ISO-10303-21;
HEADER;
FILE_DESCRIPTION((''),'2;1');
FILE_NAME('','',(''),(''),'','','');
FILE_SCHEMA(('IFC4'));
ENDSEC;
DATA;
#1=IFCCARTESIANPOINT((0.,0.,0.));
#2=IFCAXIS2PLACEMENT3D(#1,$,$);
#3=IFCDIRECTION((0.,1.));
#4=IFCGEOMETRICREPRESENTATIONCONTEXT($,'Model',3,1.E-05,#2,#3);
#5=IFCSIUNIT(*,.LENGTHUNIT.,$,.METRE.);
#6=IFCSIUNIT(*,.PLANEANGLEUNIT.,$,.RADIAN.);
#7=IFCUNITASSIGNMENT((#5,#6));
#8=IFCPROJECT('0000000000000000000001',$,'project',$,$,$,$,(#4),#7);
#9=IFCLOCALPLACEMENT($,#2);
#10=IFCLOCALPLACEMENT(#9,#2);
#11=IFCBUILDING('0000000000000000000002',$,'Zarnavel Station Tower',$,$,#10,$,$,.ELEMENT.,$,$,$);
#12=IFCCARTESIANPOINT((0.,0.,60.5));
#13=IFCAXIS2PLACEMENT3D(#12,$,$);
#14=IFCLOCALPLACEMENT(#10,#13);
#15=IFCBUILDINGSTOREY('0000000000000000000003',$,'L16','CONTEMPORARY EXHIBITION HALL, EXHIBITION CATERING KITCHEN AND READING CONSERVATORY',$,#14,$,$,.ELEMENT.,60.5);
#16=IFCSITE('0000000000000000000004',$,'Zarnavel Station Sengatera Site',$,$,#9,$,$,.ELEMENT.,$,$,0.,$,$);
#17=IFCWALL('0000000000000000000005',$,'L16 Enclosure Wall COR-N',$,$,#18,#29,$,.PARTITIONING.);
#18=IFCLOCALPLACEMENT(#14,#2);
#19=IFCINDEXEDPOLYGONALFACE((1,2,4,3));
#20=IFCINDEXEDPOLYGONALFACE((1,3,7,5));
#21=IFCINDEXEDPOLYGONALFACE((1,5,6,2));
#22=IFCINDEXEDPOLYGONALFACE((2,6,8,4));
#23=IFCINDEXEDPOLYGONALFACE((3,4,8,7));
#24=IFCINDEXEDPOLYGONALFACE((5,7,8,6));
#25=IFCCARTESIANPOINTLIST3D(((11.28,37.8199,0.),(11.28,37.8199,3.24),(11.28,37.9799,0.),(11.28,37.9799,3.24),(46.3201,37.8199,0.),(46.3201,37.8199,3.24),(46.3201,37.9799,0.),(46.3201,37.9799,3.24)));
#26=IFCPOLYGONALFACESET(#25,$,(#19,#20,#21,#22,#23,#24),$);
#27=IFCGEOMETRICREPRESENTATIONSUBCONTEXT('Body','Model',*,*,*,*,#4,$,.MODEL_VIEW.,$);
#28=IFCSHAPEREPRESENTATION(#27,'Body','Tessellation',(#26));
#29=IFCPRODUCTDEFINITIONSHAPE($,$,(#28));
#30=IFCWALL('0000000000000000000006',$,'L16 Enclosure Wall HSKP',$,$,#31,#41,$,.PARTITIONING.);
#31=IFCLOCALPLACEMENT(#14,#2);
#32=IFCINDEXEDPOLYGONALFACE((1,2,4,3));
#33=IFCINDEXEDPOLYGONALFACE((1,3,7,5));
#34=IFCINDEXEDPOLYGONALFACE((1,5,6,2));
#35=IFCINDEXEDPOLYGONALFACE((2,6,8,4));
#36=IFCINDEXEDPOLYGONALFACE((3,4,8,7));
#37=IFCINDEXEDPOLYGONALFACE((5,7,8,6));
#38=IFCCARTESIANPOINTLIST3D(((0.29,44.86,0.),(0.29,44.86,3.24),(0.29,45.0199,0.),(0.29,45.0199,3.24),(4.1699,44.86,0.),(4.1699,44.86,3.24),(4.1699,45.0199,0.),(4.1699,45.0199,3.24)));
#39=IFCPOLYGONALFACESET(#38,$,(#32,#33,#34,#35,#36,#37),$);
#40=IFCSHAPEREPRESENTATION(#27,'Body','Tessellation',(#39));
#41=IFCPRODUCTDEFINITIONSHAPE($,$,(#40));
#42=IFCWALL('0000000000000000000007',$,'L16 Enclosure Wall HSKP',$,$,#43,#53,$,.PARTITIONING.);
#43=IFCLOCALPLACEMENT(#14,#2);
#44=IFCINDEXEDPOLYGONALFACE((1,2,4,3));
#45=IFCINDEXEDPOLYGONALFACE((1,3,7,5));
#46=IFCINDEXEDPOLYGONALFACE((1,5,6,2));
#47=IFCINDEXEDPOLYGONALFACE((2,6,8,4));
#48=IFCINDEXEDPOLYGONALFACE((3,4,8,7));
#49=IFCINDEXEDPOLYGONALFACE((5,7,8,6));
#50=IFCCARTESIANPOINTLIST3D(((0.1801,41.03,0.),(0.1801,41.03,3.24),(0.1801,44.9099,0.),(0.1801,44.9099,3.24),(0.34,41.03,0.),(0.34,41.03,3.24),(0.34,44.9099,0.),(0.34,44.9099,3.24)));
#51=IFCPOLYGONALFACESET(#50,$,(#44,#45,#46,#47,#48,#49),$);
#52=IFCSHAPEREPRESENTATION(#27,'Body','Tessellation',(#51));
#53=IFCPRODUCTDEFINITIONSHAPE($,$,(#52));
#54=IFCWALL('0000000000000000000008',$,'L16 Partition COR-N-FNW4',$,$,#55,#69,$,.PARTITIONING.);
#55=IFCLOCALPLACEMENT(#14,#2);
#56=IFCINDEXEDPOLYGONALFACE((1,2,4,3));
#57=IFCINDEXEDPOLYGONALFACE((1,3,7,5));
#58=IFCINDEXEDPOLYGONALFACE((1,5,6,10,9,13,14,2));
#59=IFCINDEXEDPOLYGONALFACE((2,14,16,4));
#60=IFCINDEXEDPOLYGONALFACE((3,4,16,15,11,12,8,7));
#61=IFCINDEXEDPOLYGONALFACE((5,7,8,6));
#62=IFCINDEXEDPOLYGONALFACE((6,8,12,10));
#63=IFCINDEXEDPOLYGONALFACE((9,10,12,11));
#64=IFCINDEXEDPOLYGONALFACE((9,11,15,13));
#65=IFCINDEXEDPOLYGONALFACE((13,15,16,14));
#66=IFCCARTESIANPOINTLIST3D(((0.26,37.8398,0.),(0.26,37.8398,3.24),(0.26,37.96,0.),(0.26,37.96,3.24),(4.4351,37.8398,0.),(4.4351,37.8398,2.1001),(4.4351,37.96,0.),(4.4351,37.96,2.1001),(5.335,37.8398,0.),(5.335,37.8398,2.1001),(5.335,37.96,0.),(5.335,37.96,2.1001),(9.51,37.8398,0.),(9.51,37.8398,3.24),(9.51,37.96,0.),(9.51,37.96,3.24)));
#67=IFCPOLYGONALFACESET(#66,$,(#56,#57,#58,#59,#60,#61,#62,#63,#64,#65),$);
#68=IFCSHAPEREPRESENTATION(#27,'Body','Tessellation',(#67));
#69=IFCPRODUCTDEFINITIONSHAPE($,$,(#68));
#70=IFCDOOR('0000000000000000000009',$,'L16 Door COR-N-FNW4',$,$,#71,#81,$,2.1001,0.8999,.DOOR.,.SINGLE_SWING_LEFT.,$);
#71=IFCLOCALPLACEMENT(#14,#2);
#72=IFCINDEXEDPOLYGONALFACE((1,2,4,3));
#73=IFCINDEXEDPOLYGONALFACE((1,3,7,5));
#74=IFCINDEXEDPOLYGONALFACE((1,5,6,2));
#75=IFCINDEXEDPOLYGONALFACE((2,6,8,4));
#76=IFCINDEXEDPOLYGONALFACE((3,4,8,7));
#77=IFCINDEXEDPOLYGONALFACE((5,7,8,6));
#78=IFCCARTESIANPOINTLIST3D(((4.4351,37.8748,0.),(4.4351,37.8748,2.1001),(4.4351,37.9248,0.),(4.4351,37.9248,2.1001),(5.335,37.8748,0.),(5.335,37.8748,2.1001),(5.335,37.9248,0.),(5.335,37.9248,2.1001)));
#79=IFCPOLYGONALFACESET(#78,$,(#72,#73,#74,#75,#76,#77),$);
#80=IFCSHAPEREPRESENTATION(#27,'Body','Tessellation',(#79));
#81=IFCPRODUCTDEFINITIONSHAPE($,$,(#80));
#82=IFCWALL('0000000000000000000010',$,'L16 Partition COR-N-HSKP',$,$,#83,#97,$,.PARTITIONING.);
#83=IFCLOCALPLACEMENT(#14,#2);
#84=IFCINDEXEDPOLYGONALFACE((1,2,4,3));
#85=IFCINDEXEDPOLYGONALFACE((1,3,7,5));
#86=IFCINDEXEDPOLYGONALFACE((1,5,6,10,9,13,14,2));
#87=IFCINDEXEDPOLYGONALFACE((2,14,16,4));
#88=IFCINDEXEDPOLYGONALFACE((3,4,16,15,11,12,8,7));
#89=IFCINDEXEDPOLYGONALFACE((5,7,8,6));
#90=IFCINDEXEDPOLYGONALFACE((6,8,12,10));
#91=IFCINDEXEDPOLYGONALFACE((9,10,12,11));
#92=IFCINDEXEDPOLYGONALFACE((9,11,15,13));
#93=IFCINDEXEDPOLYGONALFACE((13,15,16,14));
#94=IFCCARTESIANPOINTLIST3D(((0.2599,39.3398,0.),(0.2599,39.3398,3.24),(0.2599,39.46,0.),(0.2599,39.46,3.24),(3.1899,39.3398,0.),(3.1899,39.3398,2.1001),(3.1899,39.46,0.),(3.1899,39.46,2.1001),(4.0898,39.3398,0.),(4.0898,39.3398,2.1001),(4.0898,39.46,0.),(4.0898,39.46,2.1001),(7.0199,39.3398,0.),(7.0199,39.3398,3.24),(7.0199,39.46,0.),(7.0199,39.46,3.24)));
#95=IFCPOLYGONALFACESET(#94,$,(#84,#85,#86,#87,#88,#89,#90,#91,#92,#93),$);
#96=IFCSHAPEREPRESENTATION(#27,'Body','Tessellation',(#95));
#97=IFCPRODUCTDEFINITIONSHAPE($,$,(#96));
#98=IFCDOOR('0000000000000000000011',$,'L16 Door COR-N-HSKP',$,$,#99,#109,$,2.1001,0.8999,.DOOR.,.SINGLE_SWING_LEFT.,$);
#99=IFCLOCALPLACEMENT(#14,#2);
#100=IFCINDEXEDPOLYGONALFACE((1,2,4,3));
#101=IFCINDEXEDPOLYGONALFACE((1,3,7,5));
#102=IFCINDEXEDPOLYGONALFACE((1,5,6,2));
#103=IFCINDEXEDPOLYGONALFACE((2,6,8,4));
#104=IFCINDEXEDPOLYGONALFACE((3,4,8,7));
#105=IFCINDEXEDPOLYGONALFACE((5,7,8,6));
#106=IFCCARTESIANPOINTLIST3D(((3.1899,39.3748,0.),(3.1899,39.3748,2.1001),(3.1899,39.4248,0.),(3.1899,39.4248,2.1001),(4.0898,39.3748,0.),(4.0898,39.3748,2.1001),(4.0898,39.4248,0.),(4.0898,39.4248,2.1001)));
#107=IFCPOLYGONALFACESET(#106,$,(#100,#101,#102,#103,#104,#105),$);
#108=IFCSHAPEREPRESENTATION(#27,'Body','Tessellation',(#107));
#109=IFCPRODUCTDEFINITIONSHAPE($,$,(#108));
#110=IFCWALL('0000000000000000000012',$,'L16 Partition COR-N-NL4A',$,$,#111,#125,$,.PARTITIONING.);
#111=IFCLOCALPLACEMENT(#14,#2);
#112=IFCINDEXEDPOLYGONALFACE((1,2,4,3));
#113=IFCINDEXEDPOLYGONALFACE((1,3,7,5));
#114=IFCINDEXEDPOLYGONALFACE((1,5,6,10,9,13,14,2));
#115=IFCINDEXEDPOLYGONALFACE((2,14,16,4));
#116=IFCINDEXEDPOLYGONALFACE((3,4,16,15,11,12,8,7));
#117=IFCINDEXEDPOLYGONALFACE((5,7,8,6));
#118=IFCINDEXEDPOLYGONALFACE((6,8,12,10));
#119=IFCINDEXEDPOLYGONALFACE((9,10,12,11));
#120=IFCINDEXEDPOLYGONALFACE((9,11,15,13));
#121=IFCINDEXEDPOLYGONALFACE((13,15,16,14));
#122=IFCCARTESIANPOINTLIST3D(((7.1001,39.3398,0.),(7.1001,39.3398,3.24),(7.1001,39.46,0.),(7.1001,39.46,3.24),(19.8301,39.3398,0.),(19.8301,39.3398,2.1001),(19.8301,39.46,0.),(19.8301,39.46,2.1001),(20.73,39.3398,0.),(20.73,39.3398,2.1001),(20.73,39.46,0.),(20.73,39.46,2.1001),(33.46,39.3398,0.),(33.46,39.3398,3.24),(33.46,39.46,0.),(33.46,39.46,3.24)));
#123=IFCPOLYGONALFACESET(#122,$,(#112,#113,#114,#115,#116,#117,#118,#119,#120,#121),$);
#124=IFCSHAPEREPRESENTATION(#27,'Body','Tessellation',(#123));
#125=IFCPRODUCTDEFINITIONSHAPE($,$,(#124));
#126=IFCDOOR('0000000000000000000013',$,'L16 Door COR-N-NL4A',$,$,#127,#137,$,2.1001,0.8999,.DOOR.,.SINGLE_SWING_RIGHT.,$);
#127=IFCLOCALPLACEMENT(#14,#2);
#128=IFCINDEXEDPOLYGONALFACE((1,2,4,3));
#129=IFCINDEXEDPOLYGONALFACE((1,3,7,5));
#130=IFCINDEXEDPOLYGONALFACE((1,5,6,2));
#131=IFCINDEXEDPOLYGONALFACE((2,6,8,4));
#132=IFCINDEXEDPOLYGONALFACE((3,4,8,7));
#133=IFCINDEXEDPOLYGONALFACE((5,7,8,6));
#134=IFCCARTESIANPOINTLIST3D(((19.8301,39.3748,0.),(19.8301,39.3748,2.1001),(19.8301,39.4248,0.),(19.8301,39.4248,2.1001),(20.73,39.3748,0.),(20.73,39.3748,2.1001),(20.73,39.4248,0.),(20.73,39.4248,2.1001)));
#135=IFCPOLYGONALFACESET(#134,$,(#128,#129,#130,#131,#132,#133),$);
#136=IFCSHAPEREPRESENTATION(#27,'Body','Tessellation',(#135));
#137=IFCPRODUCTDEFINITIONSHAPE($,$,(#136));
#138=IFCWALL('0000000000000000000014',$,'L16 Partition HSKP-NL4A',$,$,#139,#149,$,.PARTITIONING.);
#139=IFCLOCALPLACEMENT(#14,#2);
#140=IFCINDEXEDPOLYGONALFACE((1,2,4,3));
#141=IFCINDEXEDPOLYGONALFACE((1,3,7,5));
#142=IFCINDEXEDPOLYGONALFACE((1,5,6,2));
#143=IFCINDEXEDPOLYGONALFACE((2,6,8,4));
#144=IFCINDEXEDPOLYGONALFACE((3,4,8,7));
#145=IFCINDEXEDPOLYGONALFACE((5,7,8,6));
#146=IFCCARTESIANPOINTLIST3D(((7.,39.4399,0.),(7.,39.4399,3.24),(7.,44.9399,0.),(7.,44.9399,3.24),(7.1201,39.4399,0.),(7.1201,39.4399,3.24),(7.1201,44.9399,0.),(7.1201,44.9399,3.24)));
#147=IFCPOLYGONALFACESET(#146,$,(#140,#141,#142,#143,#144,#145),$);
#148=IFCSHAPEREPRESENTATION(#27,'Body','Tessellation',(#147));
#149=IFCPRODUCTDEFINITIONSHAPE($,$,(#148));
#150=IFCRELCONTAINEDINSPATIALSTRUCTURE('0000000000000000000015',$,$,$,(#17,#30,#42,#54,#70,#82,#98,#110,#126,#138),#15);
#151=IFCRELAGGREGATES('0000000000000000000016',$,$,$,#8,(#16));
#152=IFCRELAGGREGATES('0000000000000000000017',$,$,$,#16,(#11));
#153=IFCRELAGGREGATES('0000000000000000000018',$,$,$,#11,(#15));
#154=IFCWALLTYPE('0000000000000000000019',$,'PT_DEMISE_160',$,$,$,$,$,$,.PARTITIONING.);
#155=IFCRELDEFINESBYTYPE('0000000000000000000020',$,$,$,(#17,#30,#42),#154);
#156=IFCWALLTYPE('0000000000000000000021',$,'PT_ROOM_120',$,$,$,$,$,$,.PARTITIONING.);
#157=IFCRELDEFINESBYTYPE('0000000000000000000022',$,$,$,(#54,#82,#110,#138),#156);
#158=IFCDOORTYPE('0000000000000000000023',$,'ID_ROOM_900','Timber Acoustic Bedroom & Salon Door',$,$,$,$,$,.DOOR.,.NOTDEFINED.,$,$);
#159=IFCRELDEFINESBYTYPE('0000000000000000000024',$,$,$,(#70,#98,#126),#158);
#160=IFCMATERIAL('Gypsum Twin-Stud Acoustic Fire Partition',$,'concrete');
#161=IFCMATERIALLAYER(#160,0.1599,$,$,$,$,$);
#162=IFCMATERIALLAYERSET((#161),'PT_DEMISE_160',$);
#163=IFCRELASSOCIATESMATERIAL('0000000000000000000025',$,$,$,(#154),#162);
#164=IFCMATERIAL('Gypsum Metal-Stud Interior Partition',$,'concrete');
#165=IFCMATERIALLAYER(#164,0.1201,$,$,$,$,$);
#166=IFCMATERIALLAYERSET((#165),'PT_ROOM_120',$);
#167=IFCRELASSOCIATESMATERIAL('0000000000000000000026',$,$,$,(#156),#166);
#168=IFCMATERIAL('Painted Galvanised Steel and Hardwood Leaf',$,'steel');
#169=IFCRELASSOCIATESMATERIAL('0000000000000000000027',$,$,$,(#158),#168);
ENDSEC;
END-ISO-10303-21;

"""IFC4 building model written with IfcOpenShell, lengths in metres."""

from ifc_helpers import new_model, si_unit, direction, frame, frame_2d, origin, place, context, subcontext, project, spatial, rectangle, extrude, material, layer, layer_set, type_object, element, fill, save


model = new_model("IFC4")

# Units and contexts
model_context = context("Model", 3, precision=1e-05, world=origin(), true_north=direction((0.0, 1.0)))
body_context = subcontext(model_context, "Body", "Model", "MODEL_VIEW")
ifc_project = project(units=[si_unit("LENGTHUNIT", "METRE"), si_unit("PLANEANGLEUNIT", "RADIAN")], contexts=[model_context])

# Site, building, storey
site_placement = place(None, origin())
site = spatial("IfcSite", under=ifc_project, at=site_placement, Name="Zarnavel Station Sengatera Site", CompositionType="ELEMENT", RefElevation=0.0)
building_placement = place(site_placement, origin())
building = spatial("IfcBuilding", under=site, at=building_placement, Name="Zarnavel Station Tower", CompositionType="ELEMENT")
storey_placement = place(building_placement, frame((0.0, 0.0, 60.5)))
storey = spatial("IfcBuildingStorey", under=building, at=storey_placement, Name="L16", Description="CONTEMPORARY EXHIBITION HALL, EXHIBITION CATERING KITCHEN AND READING CONSERVATORY", CompositionType="ELEMENT", Elevation=60.5)

# Walls
ifc_material_1 = material(Name="Gypsum Twin-Stud Acoustic Fire Partition", Category="concrete")
ifc_layer_1 = layer(ifc_material_1, 0.1599)
ifc_layer_set_1 = layer_set([ifc_layer_1], Name="PT_DEMISE_160")
wall_type_1 = type_object("IfcWallType", Name="PT_DEMISE_160", PredefinedType="PARTITIONING", material=ifc_layer_set_1)
wall_1_placement = place(storey_placement, frame((11.28, 37.8999, 0.0), z_axis=(0.0, 0.0, 1.0), x_axis=(1.0, 0.0, 0.0)))
element("IfcWall", 1, at=wall_1_placement, inside=storey, type_object=wall_type_1, Name="L16 Enclosure Wall COR-N", PredefinedType="PARTITIONING", context=body_context, shape_type="SweptSolid", body=[
    extrude(rectangle(XDim=35.04, YDim=0.1599, at=frame_2d((17.52, 0.0))), origin(), (0.0, 0.0, 1.0), 3.24),
])
for number, where, z_axis, x_axis, name in (
    (2, (0.29, 44.9399, 0.0), (0.0, 0.0, 1.0), (1.0, 0.0, 0.0), "L16 Enclosure Wall HSKP"),
    (3, (0.26, 41.03, 0.0), (0.0, 0.0, 1.0), (0.0, 1.0, 0.0), "L16 Enclosure Wall HSKP"),
):
    element("IfcWall", number, at=place(storey_placement, frame(where, z_axis=z_axis, x_axis=x_axis)), inside=storey, type_object=wall_type_1, Name=name, PredefinedType="PARTITIONING", context=body_context, shape_type="SweptSolid", body=[
        extrude(rectangle(XDim=3.8799, YDim=0.1599, at=frame_2d((1.9399, 0.0))), origin(), (0.0, 0.0, 1.0), 3.24),
    ])

# Walls, openings, doors
ifc_material_2 = material(Name="Gypsum Metal-Stud Interior Partition", Category="concrete")
ifc_layer_2 = layer(ifc_material_2, 0.1201)
ifc_layer_set_2 = layer_set([ifc_layer_2], Name="PT_ROOM_120")
wall_type_2 = type_object("IfcWallType", Name="PT_ROOM_120", PredefinedType="PARTITIONING", material=ifc_layer_set_2)
wall_2_placement = place(storey_placement, frame((0.26, 37.8999, 0.0), z_axis=(0.0, 0.0, 1.0), x_axis=(1.0, 0.0, 0.0)))
wall_2 = element("IfcWall", 4, at=wall_2_placement, inside=storey, type_object=wall_type_2, Name="L16 Partition COR-N-FNW4", PredefinedType="PARTITIONING", context=body_context, shape_type="SweptSolid", body=[
    extrude(rectangle(XDim=9.25, YDim=0.1201, at=frame_2d((4.625, 0.0))), origin(), (0.0, 0.0, 1.0), 3.24),
])
opening_1_placement = place(wall_2_placement, frame((4.175, 0.0, 0.0)))
opening_1 = element("IfcOpeningElement", 5, at=opening_1_placement, cuts=wall_2, PredefinedType="OPENING", context=body_context, shape_type="SweptSolid", body=[
    extrude(rectangle(XDim=0.8999, YDim=2.1001, at=frame_2d((0.45, 1.05))), frame((0.0, 0.0701, 0.0), z_axis=(0.0, -1.0, 0.0), x_axis=(1.0, 0.0, 0.0)), (0.0, 0.0, 1.0), 0.1401),
])
ifc_material_3 = material(Name="Painted Galvanised Steel and Hardwood Leaf", Category="steel")
door_type = type_object("IfcDoorType", Name="ID_ROOM_900", Description="Timber Acoustic Bedroom & Salon Door", OperationType="NOTDEFINED", PredefinedType="DOOR", material=ifc_material_3)
door_1_placement = place(opening_1_placement, origin())
door_1 = element("IfcDoor", 6, at=door_1_placement, inside=storey, type_object=door_type, Name="L16 Door COR-N-FNW4", OperationType="SINGLE_SWING_LEFT", OverallHeight=2.1001, OverallWidth=0.8999, PredefinedType="DOOR", context=body_context, shape_type="SweptSolid", body=[
    extrude(rectangle(XDim=0.8999, YDim=2.1001, at=frame_2d((0.45, 1.05))), frame((0.0, 0.0249, 0.0), z_axis=(0.0, -1.0, 0.0), x_axis=(1.0, 0.0, 0.0)), (0.0, 0.0, 1.0), 0.05),
])
fill(opening_1, door_1)
wall_3_placement = place(storey_placement, frame((0.26, 39.3999, 0.0), z_axis=(0.0, 0.0, 1.0), x_axis=(1.0, 0.0, 0.0)))
wall_3 = element("IfcWall", 7, at=wall_3_placement, inside=storey, type_object=wall_type_2, Name="L16 Partition COR-N-HSKP", PredefinedType="PARTITIONING", context=body_context, shape_type="SweptSolid", body=[
    extrude(rectangle(XDim=6.76, YDim=0.1201, at=frame_2d((3.3799, 0.0))), origin(), (0.0, 0.0, 1.0), 3.24),
])
opening_2_placement = place(wall_3_placement, frame((2.9299, 0.0, 0.0)))
opening_2 = element("IfcOpeningElement", 8, at=opening_2_placement, cuts=wall_3, PredefinedType="OPENING", context=body_context, shape_type="SweptSolid", body=[
    extrude(rectangle(XDim=0.8999, YDim=2.1001, at=frame_2d((0.45, 1.05))), frame((0.0, 0.0701, 0.0), z_axis=(0.0, -1.0, 0.0), x_axis=(1.0, 0.0, 0.0)), (0.0, 0.0, 1.0), 0.1401),
])
door_2_placement = place(opening_2_placement, origin())
door_2 = element("IfcDoor", 9, at=door_2_placement, inside=storey, type_object=door_type, Name="L16 Door COR-N-HSKP", OperationType="SINGLE_SWING_LEFT", OverallHeight=2.1001, OverallWidth=0.8999, PredefinedType="DOOR", context=body_context, shape_type="SweptSolid", body=[
    extrude(rectangle(XDim=0.8999, YDim=2.1001, at=frame_2d((0.45, 1.05))), frame((0.0, 0.0249, 0.0), z_axis=(0.0, -1.0, 0.0), x_axis=(1.0, 0.0, 0.0)), (0.0, 0.0, 1.0), 0.05),
])
fill(opening_2, door_2)
wall_4_placement = place(storey_placement, frame((7.1001, 39.3999, 0.0), z_axis=(0.0, 0.0, 1.0), x_axis=(1.0, 0.0, 0.0)))
wall_4 = element("IfcWall", 10, at=wall_4_placement, inside=storey, type_object=wall_type_2, Name="L16 Partition COR-N-NL4A", PredefinedType="PARTITIONING", context=body_context, shape_type="SweptSolid", body=[
    extrude(rectangle(XDim=26.3599, YDim=0.1201, at=frame_2d((13.1799, 0.0))), origin(), (0.0, 0.0, 1.0), 3.24),
])
opening_3_placement = place(wall_4_placement, frame((12.73, 0.0, 0.0)))
opening_3 = element("IfcOpeningElement", 11, at=opening_3_placement, cuts=wall_4, PredefinedType="OPENING", context=body_context, shape_type="SweptSolid", body=[
    extrude(rectangle(XDim=0.8999, YDim=2.1001, at=frame_2d((0.45, 1.05))), frame((0.0, 0.0701, 0.0), z_axis=(0.0, -1.0, 0.0), x_axis=(1.0, 0.0, 0.0)), (0.0, 0.0, 1.0), 0.1401),
])
door_3_placement = place(opening_3_placement, origin())
door_3 = element("IfcDoor", 12, at=door_3_placement, inside=storey, type_object=door_type, Name="L16 Door COR-N-NL4A", OperationType="SINGLE_SWING_RIGHT", OverallHeight=2.1001, OverallWidth=0.8999, PredefinedType="DOOR", context=body_context, shape_type="SweptSolid", body=[
    extrude(rectangle(XDim=0.8999, YDim=2.1001, at=frame_2d((0.45, 1.05))), frame((0.0, 0.0249, 0.0), z_axis=(0.0, -1.0, 0.0), x_axis=(1.0, 0.0, 0.0)), (0.0, 0.0, 1.0), 0.05),
])
fill(opening_3, door_3)

# Wall
wall_5_placement = place(storey_placement, frame((7.0601, 39.4399, 0.0), z_axis=(0.0, 0.0, 1.0), x_axis=(0.0, 1.0, 0.0)))
element("IfcWall", 13, at=wall_5_placement, inside=storey, type_object=wall_type_2, Name="L16 Partition HSKP-NL4A", PredefinedType="PARTITIONING", context=body_context, shape_type="SweptSolid", body=[
    extrude(rectangle(XDim=5.5, YDim=0.1201, at=frame_2d((2.75, 0.0))), origin(), (0.0, 0.0, 1.0), 3.24),
])

save(model, "model.ifc")
